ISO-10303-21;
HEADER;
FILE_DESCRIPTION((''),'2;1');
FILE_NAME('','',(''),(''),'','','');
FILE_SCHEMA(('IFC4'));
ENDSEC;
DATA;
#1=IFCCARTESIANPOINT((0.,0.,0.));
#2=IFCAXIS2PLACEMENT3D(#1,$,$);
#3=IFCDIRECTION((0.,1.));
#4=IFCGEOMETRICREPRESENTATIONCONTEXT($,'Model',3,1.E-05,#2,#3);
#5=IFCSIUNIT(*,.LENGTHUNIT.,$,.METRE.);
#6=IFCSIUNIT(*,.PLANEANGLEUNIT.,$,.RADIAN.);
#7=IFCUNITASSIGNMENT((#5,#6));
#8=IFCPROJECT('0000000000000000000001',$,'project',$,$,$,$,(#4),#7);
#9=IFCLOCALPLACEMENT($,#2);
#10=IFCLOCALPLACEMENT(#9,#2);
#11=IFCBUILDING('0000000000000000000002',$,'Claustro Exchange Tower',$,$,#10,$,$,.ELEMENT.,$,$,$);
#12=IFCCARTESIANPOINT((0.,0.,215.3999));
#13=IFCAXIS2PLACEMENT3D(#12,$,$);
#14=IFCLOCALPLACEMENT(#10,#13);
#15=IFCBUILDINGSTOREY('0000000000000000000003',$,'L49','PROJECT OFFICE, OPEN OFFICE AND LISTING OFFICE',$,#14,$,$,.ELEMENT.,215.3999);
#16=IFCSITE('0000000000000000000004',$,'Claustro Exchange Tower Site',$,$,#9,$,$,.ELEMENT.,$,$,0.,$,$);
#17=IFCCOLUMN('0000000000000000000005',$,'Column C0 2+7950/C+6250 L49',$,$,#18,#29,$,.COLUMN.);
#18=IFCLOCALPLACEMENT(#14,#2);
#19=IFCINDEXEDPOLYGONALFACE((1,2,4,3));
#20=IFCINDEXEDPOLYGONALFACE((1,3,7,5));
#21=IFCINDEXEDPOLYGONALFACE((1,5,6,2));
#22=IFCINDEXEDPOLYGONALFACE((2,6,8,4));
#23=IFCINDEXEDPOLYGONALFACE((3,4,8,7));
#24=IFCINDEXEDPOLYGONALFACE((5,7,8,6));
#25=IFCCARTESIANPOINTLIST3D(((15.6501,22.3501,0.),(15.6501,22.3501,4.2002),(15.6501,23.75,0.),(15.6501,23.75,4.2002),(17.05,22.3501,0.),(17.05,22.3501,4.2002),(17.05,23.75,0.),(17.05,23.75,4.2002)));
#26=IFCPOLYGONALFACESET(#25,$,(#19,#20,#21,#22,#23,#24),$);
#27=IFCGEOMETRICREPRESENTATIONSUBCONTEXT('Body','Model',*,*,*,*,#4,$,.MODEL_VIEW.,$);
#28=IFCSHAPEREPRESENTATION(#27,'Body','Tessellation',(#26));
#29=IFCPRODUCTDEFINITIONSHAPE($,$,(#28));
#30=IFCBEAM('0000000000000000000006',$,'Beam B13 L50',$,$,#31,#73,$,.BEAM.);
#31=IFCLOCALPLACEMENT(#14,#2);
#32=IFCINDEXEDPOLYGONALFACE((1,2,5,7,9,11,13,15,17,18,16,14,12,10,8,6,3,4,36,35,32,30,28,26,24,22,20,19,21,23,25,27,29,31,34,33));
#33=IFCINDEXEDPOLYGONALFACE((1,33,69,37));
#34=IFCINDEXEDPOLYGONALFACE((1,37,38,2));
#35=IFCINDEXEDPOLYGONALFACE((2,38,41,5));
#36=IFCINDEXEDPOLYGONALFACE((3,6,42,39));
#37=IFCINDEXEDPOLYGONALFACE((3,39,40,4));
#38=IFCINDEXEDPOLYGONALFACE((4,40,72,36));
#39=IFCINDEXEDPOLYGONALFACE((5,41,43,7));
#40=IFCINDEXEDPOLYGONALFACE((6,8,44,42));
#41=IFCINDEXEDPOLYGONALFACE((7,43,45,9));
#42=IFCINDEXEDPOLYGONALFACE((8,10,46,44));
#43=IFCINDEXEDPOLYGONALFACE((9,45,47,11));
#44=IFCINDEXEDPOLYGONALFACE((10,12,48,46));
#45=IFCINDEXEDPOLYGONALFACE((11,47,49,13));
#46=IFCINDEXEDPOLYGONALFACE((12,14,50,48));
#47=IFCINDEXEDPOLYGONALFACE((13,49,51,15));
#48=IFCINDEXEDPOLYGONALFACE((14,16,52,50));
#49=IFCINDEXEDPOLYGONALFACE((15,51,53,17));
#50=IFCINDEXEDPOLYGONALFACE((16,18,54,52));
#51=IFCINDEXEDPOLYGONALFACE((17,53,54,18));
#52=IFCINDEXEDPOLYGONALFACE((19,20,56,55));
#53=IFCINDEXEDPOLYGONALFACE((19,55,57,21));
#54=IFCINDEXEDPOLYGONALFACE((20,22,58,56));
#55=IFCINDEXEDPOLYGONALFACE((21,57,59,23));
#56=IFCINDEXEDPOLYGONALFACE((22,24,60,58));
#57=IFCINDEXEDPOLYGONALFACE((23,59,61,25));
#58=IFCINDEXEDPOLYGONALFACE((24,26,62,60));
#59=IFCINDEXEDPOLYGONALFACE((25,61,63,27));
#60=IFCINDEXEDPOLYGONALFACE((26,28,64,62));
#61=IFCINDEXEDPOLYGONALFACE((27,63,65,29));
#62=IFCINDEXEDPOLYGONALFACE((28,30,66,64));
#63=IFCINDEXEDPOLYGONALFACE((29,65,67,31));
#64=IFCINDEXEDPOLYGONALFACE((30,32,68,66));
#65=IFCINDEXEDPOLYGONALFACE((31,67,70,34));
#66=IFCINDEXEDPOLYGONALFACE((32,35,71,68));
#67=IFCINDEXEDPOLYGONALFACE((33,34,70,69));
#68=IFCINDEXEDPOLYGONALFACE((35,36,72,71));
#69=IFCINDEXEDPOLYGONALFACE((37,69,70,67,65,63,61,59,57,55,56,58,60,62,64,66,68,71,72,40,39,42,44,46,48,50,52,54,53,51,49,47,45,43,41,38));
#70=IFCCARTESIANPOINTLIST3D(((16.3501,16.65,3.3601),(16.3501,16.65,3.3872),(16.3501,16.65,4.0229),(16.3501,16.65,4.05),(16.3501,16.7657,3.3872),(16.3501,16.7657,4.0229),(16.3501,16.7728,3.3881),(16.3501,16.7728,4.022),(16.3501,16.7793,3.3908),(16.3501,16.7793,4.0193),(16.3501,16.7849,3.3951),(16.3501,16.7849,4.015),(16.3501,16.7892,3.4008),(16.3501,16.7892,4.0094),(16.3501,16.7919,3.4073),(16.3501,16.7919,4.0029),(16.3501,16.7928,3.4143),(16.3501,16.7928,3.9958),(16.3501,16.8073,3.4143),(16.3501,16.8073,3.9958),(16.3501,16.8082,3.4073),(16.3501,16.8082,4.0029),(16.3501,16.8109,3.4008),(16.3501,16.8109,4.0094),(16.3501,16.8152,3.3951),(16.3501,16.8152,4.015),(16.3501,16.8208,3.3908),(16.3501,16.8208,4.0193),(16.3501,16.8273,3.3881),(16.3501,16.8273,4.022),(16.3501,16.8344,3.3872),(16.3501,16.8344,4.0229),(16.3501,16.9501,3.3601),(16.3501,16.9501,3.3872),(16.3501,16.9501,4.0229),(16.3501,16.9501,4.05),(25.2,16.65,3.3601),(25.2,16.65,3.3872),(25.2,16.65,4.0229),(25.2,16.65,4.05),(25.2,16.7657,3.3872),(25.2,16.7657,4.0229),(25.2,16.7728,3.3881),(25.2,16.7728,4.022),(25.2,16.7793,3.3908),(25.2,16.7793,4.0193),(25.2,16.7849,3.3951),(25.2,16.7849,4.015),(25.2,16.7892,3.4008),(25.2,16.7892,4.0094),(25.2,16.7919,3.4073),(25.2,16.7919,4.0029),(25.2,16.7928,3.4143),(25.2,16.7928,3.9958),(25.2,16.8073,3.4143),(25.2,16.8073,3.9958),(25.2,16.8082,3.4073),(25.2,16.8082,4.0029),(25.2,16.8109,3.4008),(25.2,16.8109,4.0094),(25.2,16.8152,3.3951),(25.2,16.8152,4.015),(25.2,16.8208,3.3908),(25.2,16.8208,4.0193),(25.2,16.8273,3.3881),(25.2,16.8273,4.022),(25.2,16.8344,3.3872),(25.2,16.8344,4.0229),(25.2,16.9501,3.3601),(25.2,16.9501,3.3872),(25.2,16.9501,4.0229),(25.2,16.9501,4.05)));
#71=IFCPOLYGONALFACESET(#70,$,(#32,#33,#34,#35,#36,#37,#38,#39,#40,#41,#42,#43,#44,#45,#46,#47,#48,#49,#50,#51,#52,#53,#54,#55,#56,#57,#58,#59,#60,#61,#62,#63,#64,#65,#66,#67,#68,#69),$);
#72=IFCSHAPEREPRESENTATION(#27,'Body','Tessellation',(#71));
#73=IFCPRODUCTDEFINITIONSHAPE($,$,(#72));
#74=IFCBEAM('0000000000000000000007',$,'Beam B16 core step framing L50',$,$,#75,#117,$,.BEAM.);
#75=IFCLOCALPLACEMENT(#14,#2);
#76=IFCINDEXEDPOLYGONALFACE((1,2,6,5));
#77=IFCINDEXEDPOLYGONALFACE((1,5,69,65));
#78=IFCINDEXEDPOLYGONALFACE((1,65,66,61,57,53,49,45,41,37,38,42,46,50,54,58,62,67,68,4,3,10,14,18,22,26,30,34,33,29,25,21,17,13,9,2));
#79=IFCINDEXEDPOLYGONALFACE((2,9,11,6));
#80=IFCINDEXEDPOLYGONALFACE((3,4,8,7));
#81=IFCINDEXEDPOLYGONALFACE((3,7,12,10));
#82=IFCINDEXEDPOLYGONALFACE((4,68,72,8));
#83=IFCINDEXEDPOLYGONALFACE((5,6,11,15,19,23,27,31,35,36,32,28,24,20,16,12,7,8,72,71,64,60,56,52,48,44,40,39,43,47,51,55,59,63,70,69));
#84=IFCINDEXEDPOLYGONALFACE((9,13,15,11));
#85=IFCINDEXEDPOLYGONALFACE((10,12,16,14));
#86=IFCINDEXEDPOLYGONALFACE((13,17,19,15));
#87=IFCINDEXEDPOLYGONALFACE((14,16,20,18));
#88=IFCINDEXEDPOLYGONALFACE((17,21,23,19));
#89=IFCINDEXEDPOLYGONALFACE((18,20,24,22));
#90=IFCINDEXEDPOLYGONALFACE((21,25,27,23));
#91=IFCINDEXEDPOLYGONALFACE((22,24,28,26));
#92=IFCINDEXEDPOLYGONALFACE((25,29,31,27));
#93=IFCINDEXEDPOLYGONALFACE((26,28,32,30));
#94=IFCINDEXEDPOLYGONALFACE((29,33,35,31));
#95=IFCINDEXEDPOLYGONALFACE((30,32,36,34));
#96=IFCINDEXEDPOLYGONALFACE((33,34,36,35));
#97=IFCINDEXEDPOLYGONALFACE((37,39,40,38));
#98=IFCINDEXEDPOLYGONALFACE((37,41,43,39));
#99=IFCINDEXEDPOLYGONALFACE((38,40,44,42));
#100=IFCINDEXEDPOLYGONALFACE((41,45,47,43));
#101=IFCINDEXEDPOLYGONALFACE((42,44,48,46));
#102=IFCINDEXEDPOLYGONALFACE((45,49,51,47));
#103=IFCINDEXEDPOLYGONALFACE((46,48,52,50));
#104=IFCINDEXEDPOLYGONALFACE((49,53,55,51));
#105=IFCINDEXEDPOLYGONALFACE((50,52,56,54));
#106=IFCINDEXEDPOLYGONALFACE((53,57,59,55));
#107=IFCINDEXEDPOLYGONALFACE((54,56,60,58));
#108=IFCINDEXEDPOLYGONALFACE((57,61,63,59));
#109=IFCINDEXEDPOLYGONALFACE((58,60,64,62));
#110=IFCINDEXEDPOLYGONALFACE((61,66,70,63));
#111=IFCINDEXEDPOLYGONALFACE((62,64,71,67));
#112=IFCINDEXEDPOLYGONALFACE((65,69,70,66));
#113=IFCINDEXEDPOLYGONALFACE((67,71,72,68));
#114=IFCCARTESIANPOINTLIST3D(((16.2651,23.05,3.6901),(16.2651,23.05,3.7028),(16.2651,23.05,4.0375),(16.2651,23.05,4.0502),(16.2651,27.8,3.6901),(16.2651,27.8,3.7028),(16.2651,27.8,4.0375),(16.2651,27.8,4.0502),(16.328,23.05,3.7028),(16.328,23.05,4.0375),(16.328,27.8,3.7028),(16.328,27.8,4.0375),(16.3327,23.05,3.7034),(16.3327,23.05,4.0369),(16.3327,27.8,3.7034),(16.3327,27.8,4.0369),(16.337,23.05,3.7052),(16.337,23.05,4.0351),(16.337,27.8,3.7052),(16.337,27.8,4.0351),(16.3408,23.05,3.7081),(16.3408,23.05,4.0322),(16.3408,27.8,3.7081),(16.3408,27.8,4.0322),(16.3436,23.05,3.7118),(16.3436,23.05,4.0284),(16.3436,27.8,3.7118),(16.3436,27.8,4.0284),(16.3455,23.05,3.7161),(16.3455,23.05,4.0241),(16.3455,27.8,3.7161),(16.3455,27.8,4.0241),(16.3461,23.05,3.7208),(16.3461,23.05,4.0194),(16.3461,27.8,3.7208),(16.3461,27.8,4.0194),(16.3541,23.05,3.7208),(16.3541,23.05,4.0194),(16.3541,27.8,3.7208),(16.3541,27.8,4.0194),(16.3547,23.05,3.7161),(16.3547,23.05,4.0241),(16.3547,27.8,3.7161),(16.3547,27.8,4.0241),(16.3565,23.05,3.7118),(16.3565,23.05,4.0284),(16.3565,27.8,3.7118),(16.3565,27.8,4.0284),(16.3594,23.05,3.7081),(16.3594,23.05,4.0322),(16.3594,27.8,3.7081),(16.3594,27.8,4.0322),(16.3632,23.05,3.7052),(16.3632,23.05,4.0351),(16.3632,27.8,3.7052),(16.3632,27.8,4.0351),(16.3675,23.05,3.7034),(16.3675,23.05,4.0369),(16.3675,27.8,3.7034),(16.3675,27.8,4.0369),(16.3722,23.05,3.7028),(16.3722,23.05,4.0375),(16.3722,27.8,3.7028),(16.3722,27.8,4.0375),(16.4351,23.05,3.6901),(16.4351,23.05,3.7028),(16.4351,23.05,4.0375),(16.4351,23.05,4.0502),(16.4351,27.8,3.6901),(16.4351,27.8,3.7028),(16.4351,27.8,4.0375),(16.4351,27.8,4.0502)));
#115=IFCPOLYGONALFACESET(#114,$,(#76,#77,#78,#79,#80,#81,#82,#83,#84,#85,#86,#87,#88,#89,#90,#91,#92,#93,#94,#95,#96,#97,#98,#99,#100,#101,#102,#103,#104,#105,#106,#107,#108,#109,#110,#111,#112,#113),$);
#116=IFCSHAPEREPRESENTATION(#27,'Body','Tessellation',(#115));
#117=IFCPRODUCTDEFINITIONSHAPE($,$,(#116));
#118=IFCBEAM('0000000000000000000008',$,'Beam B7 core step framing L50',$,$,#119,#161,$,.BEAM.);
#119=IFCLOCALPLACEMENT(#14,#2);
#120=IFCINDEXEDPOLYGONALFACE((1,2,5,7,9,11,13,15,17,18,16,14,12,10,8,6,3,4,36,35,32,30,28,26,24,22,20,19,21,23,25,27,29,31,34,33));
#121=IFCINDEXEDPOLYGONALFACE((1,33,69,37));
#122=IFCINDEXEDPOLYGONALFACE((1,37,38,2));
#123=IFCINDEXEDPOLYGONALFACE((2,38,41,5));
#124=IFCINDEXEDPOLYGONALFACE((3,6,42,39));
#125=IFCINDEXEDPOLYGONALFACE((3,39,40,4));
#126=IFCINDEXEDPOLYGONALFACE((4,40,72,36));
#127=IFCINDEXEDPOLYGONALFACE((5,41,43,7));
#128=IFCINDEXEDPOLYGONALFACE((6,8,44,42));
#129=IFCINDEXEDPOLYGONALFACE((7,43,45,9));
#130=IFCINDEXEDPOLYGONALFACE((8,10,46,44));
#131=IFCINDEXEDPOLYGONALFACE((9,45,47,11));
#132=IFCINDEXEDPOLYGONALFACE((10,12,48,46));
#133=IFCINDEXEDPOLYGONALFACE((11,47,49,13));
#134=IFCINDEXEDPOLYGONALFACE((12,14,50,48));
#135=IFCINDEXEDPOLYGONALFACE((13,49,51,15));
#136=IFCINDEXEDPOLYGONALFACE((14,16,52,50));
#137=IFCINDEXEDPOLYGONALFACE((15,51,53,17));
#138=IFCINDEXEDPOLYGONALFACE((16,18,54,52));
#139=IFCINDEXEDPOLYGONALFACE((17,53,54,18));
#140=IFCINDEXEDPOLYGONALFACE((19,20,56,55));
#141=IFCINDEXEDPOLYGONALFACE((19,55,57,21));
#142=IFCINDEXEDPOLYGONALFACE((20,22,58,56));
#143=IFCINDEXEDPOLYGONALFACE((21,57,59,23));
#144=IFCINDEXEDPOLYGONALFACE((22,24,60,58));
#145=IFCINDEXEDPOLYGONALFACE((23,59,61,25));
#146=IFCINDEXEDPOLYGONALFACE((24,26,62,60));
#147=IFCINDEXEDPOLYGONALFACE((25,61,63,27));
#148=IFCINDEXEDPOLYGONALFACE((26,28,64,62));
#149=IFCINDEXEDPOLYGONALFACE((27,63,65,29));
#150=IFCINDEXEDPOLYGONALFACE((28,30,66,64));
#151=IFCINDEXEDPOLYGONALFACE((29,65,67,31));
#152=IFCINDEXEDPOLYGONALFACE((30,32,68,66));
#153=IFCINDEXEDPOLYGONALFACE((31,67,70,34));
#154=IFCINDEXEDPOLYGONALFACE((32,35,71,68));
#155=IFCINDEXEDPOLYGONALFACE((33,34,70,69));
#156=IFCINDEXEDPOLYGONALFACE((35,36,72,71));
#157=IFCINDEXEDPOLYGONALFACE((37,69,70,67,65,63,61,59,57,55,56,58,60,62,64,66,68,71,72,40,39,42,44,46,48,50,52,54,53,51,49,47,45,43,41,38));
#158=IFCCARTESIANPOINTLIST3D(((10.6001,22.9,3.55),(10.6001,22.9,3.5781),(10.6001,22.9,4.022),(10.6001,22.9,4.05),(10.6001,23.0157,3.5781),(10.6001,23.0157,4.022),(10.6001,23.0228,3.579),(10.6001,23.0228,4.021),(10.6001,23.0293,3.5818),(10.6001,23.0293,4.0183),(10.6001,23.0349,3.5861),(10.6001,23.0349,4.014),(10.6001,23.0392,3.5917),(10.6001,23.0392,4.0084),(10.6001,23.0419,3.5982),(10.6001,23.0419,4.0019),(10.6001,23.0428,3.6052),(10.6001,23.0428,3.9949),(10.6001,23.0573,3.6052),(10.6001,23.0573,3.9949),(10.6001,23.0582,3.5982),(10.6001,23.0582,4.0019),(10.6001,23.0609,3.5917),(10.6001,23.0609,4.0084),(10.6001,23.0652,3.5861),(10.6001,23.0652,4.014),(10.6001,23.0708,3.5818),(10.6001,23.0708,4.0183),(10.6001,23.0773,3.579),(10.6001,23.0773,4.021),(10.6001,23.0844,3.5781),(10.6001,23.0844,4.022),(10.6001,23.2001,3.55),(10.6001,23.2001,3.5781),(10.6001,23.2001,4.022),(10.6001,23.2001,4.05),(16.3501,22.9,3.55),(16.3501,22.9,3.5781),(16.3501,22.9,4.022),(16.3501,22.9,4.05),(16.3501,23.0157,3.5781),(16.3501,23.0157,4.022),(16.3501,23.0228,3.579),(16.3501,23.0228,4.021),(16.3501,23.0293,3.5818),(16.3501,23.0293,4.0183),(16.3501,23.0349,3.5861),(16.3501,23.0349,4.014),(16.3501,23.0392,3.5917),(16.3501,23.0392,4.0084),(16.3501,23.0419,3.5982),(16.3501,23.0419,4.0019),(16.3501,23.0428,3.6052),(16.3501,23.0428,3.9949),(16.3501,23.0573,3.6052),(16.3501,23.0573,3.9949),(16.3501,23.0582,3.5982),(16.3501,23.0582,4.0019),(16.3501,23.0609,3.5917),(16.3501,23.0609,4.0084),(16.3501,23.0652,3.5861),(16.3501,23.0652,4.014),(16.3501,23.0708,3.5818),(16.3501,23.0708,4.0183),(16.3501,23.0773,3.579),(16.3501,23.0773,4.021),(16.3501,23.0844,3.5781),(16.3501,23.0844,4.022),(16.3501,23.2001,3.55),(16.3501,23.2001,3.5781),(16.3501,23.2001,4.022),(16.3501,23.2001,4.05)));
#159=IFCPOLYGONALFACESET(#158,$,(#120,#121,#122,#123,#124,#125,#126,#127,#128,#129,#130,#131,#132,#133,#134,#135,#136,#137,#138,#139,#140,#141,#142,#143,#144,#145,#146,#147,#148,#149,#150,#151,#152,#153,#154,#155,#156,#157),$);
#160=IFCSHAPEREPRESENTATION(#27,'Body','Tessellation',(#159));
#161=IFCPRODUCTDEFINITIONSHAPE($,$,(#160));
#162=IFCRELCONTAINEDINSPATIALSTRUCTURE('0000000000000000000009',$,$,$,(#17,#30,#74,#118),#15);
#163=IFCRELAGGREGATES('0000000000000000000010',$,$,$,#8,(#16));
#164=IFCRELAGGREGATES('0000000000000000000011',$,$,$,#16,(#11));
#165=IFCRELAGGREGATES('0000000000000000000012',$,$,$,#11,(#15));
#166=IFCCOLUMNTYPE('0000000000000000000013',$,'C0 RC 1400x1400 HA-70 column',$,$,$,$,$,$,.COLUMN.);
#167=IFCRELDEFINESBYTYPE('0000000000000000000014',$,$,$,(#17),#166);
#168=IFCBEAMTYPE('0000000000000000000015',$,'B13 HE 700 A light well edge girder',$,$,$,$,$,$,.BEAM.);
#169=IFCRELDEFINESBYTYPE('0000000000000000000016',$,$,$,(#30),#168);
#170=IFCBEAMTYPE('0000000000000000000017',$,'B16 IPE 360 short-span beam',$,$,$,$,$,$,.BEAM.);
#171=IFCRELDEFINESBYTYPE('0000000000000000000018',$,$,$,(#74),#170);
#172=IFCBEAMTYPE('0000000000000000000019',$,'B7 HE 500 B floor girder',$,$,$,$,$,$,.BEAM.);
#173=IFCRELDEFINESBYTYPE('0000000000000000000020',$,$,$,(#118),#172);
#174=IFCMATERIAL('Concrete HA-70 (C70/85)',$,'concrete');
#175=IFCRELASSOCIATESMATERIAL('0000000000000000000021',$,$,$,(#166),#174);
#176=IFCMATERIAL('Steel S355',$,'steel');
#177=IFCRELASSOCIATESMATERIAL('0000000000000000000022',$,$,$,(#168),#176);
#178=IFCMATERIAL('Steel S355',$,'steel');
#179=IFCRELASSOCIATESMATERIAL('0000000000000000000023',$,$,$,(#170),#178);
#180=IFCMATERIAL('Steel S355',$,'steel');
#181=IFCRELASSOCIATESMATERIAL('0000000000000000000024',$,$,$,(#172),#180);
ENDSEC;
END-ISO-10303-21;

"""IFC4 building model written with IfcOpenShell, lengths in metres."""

from ifc_helpers import new_model, si_unit, direction, frame, origin, origin_2d, place, context, subcontext, project, spatial, rectangle, i_section, extrude, material, material_profile, profile_set, type_object, element, save


model = new_model("IFC4")

# Units and contexts
model_context = context("Model", 3, precision=1e-05, world=origin(), true_north=direction((0.0, 1.0)))
body_context = subcontext(model_context, "Body", "Model", "MODEL_VIEW")
ifc_project = project(units=[si_unit("LENGTHUNIT", "METRE"), si_unit("PLANEANGLEUNIT", "RADIAN")], contexts=[model_context])

# Site, building, storey
site_placement = place(None, origin())
site = spatial("IfcSite", under=ifc_project, at=site_placement, Name="Claustro Exchange Tower Site", CompositionType="ELEMENT", RefElevation=0.0)
building_placement = place(site_placement, origin())
building = spatial("IfcBuilding", under=site, at=building_placement, Name="Claustro Exchange Tower", CompositionType="ELEMENT")
storey_placement = place(building_placement, frame((0.0, 0.0, 215.3999)))
storey = spatial("IfcBuildingStorey", under=building, at=storey_placement, Name="L49", Description="PROJECT OFFICE, OPEN OFFICE AND LISTING OFFICE", CompositionType="ELEMENT", Elevation=215.3999)

# Column
ifc_material_1 = material(Name="Concrete HA-70 (C70/85)", Category="concrete")
ifc_material_profile_1 = material_profile(ifc_material_1, rectangle(XDim=1.3999, YDim=1.3999, at=origin_2d()), Name="RC 1400x1400")
ifc_profile_set_1 = profile_set([ifc_material_profile_1], Name="Concrete HA-70 (C70/85)")
column_type = type_object("IfcColumnType", Name="C0 RC 1400x1400 HA-70 column", PredefinedType="COLUMN", material=ifc_profile_set_1)
column_placement = place(storey_placement, frame((16.3501, 23.05, 0.0), z_axis=(0.0, 0.0, 1.0), x_axis=(1.0, 0.0, 0.0)))
element("IfcColumn", 1, at=column_placement, inside=storey, type_object=column_type, Name="Column C0 2+7950/C+6250 L49", PredefinedType="COLUMN", context=body_context, shape_type="SweptSolid", body=[
    extrude(rectangle(XDim=1.3999, YDim=1.3999, at=origin_2d()), origin(), (0.0, 0.0, 1.0), 4.2002),
])

# Beams
ifc_material_2 = material(Name="Steel S355", Category="steel")
ifc_material_profile_2 = material_profile(ifc_material_2, i_section(OverallWidth=0.3, OverallDepth=0.6899, WebThickness=0.0144, FlangeThickness=0.0271, FilletRadius=0.0271, at=origin_2d()), Name="HE 700 A")
ifc_profile_set_2 = profile_set([ifc_material_profile_2], Name="Steel S355")
beam_type_1 = type_object("IfcBeamType", Name="B13 HE 700 A light well edge girder", PredefinedType="BEAM", material=ifc_profile_set_2)
beam_1_placement = place(storey_placement, frame((16.3501, 16.8, 3.7051), z_axis=(1.0, 0.0, 0.0), x_axis=(0.0, 1.0, 0.0)))
element("IfcBeam", 2, at=beam_1_placement, inside=storey, type_object=beam_type_1, Name="Beam B13 L50", PredefinedType="BEAM", context=body_context, shape_type="SweptSolid", body=[
    extrude(i_section(OverallWidth=0.3, OverallDepth=0.6899, WebThickness=0.0144, FlangeThickness=0.0271, FilletRadius=0.0271, at=origin_2d()), origin(), (0.0, 0.0, 1.0), 8.8499),
])
ifc_material_3 = material(Name="Steel S355", Category="steel")
ifc_material_profile_3 = material_profile(ifc_material_3, i_section(OverallWidth=0.1699, OverallDepth=0.3601, WebThickness=0.0081, FlangeThickness=0.0127, FilletRadius=0.0181, at=origin_2d()), Name="IPE 360")
ifc_profile_set_3 = profile_set([ifc_material_profile_3], Name="Steel S355")
beam_type_2 = type_object("IfcBeamType", Name="B16 IPE 360 short-span beam", PredefinedType="BEAM", material=ifc_profile_set_3)
beam_2_placement = place(storey_placement, frame((16.3501, 23.05, 3.8701), z_axis=(0.0, 1.0, 0.0), x_axis=(-1.0, 0.0, 0.0)))
element("IfcBeam", 3, at=beam_2_placement, inside=storey, type_object=beam_type_2, Name="Beam B16 core step framing L50", PredefinedType="BEAM", context=body_context, shape_type="SweptSolid", body=[
    extrude(i_section(OverallWidth=0.1699, OverallDepth=0.3601, WebThickness=0.0081, FlangeThickness=0.0127, FilletRadius=0.0181, at=origin_2d()), origin(), (0.0, 0.0, 1.0), 4.75),
])
ifc_material_4 = material(Name="Steel S355", Category="steel")
ifc_material_profile_4 = material_profile(ifc_material_4, i_section(OverallWidth=0.3, OverallDepth=0.5, WebThickness=0.0144, FlangeThickness=0.0281, FilletRadius=0.0271, at=origin_2d()), Name="HE 500 B")
ifc_profile_set_4 = profile_set([ifc_material_profile_4], Name="Steel S355")
beam_type_3 = type_object("IfcBeamType", Name="B7 HE 500 B floor girder", PredefinedType="BEAM", material=ifc_profile_set_4)
beam_3_placement = place(storey_placement, frame((10.6001, 23.05, 3.8), z_axis=(1.0, 0.0, 0.0), x_axis=(0.0, 1.0, 0.0)))
element("IfcBeam", 4, at=beam_3_placement, inside=storey, type_object=beam_type_3, Name="Beam B7 core step framing L50", PredefinedType="BEAM", context=body_context, shape_type="SweptSolid", body=[
    extrude(i_section(OverallWidth=0.3, OverallDepth=0.5, WebThickness=0.0144, FlangeThickness=0.0281, FilletRadius=0.0271, at=origin_2d()), origin(), (0.0, 0.0, 1.0), 5.75),
])

save(model, "model.ifc")
